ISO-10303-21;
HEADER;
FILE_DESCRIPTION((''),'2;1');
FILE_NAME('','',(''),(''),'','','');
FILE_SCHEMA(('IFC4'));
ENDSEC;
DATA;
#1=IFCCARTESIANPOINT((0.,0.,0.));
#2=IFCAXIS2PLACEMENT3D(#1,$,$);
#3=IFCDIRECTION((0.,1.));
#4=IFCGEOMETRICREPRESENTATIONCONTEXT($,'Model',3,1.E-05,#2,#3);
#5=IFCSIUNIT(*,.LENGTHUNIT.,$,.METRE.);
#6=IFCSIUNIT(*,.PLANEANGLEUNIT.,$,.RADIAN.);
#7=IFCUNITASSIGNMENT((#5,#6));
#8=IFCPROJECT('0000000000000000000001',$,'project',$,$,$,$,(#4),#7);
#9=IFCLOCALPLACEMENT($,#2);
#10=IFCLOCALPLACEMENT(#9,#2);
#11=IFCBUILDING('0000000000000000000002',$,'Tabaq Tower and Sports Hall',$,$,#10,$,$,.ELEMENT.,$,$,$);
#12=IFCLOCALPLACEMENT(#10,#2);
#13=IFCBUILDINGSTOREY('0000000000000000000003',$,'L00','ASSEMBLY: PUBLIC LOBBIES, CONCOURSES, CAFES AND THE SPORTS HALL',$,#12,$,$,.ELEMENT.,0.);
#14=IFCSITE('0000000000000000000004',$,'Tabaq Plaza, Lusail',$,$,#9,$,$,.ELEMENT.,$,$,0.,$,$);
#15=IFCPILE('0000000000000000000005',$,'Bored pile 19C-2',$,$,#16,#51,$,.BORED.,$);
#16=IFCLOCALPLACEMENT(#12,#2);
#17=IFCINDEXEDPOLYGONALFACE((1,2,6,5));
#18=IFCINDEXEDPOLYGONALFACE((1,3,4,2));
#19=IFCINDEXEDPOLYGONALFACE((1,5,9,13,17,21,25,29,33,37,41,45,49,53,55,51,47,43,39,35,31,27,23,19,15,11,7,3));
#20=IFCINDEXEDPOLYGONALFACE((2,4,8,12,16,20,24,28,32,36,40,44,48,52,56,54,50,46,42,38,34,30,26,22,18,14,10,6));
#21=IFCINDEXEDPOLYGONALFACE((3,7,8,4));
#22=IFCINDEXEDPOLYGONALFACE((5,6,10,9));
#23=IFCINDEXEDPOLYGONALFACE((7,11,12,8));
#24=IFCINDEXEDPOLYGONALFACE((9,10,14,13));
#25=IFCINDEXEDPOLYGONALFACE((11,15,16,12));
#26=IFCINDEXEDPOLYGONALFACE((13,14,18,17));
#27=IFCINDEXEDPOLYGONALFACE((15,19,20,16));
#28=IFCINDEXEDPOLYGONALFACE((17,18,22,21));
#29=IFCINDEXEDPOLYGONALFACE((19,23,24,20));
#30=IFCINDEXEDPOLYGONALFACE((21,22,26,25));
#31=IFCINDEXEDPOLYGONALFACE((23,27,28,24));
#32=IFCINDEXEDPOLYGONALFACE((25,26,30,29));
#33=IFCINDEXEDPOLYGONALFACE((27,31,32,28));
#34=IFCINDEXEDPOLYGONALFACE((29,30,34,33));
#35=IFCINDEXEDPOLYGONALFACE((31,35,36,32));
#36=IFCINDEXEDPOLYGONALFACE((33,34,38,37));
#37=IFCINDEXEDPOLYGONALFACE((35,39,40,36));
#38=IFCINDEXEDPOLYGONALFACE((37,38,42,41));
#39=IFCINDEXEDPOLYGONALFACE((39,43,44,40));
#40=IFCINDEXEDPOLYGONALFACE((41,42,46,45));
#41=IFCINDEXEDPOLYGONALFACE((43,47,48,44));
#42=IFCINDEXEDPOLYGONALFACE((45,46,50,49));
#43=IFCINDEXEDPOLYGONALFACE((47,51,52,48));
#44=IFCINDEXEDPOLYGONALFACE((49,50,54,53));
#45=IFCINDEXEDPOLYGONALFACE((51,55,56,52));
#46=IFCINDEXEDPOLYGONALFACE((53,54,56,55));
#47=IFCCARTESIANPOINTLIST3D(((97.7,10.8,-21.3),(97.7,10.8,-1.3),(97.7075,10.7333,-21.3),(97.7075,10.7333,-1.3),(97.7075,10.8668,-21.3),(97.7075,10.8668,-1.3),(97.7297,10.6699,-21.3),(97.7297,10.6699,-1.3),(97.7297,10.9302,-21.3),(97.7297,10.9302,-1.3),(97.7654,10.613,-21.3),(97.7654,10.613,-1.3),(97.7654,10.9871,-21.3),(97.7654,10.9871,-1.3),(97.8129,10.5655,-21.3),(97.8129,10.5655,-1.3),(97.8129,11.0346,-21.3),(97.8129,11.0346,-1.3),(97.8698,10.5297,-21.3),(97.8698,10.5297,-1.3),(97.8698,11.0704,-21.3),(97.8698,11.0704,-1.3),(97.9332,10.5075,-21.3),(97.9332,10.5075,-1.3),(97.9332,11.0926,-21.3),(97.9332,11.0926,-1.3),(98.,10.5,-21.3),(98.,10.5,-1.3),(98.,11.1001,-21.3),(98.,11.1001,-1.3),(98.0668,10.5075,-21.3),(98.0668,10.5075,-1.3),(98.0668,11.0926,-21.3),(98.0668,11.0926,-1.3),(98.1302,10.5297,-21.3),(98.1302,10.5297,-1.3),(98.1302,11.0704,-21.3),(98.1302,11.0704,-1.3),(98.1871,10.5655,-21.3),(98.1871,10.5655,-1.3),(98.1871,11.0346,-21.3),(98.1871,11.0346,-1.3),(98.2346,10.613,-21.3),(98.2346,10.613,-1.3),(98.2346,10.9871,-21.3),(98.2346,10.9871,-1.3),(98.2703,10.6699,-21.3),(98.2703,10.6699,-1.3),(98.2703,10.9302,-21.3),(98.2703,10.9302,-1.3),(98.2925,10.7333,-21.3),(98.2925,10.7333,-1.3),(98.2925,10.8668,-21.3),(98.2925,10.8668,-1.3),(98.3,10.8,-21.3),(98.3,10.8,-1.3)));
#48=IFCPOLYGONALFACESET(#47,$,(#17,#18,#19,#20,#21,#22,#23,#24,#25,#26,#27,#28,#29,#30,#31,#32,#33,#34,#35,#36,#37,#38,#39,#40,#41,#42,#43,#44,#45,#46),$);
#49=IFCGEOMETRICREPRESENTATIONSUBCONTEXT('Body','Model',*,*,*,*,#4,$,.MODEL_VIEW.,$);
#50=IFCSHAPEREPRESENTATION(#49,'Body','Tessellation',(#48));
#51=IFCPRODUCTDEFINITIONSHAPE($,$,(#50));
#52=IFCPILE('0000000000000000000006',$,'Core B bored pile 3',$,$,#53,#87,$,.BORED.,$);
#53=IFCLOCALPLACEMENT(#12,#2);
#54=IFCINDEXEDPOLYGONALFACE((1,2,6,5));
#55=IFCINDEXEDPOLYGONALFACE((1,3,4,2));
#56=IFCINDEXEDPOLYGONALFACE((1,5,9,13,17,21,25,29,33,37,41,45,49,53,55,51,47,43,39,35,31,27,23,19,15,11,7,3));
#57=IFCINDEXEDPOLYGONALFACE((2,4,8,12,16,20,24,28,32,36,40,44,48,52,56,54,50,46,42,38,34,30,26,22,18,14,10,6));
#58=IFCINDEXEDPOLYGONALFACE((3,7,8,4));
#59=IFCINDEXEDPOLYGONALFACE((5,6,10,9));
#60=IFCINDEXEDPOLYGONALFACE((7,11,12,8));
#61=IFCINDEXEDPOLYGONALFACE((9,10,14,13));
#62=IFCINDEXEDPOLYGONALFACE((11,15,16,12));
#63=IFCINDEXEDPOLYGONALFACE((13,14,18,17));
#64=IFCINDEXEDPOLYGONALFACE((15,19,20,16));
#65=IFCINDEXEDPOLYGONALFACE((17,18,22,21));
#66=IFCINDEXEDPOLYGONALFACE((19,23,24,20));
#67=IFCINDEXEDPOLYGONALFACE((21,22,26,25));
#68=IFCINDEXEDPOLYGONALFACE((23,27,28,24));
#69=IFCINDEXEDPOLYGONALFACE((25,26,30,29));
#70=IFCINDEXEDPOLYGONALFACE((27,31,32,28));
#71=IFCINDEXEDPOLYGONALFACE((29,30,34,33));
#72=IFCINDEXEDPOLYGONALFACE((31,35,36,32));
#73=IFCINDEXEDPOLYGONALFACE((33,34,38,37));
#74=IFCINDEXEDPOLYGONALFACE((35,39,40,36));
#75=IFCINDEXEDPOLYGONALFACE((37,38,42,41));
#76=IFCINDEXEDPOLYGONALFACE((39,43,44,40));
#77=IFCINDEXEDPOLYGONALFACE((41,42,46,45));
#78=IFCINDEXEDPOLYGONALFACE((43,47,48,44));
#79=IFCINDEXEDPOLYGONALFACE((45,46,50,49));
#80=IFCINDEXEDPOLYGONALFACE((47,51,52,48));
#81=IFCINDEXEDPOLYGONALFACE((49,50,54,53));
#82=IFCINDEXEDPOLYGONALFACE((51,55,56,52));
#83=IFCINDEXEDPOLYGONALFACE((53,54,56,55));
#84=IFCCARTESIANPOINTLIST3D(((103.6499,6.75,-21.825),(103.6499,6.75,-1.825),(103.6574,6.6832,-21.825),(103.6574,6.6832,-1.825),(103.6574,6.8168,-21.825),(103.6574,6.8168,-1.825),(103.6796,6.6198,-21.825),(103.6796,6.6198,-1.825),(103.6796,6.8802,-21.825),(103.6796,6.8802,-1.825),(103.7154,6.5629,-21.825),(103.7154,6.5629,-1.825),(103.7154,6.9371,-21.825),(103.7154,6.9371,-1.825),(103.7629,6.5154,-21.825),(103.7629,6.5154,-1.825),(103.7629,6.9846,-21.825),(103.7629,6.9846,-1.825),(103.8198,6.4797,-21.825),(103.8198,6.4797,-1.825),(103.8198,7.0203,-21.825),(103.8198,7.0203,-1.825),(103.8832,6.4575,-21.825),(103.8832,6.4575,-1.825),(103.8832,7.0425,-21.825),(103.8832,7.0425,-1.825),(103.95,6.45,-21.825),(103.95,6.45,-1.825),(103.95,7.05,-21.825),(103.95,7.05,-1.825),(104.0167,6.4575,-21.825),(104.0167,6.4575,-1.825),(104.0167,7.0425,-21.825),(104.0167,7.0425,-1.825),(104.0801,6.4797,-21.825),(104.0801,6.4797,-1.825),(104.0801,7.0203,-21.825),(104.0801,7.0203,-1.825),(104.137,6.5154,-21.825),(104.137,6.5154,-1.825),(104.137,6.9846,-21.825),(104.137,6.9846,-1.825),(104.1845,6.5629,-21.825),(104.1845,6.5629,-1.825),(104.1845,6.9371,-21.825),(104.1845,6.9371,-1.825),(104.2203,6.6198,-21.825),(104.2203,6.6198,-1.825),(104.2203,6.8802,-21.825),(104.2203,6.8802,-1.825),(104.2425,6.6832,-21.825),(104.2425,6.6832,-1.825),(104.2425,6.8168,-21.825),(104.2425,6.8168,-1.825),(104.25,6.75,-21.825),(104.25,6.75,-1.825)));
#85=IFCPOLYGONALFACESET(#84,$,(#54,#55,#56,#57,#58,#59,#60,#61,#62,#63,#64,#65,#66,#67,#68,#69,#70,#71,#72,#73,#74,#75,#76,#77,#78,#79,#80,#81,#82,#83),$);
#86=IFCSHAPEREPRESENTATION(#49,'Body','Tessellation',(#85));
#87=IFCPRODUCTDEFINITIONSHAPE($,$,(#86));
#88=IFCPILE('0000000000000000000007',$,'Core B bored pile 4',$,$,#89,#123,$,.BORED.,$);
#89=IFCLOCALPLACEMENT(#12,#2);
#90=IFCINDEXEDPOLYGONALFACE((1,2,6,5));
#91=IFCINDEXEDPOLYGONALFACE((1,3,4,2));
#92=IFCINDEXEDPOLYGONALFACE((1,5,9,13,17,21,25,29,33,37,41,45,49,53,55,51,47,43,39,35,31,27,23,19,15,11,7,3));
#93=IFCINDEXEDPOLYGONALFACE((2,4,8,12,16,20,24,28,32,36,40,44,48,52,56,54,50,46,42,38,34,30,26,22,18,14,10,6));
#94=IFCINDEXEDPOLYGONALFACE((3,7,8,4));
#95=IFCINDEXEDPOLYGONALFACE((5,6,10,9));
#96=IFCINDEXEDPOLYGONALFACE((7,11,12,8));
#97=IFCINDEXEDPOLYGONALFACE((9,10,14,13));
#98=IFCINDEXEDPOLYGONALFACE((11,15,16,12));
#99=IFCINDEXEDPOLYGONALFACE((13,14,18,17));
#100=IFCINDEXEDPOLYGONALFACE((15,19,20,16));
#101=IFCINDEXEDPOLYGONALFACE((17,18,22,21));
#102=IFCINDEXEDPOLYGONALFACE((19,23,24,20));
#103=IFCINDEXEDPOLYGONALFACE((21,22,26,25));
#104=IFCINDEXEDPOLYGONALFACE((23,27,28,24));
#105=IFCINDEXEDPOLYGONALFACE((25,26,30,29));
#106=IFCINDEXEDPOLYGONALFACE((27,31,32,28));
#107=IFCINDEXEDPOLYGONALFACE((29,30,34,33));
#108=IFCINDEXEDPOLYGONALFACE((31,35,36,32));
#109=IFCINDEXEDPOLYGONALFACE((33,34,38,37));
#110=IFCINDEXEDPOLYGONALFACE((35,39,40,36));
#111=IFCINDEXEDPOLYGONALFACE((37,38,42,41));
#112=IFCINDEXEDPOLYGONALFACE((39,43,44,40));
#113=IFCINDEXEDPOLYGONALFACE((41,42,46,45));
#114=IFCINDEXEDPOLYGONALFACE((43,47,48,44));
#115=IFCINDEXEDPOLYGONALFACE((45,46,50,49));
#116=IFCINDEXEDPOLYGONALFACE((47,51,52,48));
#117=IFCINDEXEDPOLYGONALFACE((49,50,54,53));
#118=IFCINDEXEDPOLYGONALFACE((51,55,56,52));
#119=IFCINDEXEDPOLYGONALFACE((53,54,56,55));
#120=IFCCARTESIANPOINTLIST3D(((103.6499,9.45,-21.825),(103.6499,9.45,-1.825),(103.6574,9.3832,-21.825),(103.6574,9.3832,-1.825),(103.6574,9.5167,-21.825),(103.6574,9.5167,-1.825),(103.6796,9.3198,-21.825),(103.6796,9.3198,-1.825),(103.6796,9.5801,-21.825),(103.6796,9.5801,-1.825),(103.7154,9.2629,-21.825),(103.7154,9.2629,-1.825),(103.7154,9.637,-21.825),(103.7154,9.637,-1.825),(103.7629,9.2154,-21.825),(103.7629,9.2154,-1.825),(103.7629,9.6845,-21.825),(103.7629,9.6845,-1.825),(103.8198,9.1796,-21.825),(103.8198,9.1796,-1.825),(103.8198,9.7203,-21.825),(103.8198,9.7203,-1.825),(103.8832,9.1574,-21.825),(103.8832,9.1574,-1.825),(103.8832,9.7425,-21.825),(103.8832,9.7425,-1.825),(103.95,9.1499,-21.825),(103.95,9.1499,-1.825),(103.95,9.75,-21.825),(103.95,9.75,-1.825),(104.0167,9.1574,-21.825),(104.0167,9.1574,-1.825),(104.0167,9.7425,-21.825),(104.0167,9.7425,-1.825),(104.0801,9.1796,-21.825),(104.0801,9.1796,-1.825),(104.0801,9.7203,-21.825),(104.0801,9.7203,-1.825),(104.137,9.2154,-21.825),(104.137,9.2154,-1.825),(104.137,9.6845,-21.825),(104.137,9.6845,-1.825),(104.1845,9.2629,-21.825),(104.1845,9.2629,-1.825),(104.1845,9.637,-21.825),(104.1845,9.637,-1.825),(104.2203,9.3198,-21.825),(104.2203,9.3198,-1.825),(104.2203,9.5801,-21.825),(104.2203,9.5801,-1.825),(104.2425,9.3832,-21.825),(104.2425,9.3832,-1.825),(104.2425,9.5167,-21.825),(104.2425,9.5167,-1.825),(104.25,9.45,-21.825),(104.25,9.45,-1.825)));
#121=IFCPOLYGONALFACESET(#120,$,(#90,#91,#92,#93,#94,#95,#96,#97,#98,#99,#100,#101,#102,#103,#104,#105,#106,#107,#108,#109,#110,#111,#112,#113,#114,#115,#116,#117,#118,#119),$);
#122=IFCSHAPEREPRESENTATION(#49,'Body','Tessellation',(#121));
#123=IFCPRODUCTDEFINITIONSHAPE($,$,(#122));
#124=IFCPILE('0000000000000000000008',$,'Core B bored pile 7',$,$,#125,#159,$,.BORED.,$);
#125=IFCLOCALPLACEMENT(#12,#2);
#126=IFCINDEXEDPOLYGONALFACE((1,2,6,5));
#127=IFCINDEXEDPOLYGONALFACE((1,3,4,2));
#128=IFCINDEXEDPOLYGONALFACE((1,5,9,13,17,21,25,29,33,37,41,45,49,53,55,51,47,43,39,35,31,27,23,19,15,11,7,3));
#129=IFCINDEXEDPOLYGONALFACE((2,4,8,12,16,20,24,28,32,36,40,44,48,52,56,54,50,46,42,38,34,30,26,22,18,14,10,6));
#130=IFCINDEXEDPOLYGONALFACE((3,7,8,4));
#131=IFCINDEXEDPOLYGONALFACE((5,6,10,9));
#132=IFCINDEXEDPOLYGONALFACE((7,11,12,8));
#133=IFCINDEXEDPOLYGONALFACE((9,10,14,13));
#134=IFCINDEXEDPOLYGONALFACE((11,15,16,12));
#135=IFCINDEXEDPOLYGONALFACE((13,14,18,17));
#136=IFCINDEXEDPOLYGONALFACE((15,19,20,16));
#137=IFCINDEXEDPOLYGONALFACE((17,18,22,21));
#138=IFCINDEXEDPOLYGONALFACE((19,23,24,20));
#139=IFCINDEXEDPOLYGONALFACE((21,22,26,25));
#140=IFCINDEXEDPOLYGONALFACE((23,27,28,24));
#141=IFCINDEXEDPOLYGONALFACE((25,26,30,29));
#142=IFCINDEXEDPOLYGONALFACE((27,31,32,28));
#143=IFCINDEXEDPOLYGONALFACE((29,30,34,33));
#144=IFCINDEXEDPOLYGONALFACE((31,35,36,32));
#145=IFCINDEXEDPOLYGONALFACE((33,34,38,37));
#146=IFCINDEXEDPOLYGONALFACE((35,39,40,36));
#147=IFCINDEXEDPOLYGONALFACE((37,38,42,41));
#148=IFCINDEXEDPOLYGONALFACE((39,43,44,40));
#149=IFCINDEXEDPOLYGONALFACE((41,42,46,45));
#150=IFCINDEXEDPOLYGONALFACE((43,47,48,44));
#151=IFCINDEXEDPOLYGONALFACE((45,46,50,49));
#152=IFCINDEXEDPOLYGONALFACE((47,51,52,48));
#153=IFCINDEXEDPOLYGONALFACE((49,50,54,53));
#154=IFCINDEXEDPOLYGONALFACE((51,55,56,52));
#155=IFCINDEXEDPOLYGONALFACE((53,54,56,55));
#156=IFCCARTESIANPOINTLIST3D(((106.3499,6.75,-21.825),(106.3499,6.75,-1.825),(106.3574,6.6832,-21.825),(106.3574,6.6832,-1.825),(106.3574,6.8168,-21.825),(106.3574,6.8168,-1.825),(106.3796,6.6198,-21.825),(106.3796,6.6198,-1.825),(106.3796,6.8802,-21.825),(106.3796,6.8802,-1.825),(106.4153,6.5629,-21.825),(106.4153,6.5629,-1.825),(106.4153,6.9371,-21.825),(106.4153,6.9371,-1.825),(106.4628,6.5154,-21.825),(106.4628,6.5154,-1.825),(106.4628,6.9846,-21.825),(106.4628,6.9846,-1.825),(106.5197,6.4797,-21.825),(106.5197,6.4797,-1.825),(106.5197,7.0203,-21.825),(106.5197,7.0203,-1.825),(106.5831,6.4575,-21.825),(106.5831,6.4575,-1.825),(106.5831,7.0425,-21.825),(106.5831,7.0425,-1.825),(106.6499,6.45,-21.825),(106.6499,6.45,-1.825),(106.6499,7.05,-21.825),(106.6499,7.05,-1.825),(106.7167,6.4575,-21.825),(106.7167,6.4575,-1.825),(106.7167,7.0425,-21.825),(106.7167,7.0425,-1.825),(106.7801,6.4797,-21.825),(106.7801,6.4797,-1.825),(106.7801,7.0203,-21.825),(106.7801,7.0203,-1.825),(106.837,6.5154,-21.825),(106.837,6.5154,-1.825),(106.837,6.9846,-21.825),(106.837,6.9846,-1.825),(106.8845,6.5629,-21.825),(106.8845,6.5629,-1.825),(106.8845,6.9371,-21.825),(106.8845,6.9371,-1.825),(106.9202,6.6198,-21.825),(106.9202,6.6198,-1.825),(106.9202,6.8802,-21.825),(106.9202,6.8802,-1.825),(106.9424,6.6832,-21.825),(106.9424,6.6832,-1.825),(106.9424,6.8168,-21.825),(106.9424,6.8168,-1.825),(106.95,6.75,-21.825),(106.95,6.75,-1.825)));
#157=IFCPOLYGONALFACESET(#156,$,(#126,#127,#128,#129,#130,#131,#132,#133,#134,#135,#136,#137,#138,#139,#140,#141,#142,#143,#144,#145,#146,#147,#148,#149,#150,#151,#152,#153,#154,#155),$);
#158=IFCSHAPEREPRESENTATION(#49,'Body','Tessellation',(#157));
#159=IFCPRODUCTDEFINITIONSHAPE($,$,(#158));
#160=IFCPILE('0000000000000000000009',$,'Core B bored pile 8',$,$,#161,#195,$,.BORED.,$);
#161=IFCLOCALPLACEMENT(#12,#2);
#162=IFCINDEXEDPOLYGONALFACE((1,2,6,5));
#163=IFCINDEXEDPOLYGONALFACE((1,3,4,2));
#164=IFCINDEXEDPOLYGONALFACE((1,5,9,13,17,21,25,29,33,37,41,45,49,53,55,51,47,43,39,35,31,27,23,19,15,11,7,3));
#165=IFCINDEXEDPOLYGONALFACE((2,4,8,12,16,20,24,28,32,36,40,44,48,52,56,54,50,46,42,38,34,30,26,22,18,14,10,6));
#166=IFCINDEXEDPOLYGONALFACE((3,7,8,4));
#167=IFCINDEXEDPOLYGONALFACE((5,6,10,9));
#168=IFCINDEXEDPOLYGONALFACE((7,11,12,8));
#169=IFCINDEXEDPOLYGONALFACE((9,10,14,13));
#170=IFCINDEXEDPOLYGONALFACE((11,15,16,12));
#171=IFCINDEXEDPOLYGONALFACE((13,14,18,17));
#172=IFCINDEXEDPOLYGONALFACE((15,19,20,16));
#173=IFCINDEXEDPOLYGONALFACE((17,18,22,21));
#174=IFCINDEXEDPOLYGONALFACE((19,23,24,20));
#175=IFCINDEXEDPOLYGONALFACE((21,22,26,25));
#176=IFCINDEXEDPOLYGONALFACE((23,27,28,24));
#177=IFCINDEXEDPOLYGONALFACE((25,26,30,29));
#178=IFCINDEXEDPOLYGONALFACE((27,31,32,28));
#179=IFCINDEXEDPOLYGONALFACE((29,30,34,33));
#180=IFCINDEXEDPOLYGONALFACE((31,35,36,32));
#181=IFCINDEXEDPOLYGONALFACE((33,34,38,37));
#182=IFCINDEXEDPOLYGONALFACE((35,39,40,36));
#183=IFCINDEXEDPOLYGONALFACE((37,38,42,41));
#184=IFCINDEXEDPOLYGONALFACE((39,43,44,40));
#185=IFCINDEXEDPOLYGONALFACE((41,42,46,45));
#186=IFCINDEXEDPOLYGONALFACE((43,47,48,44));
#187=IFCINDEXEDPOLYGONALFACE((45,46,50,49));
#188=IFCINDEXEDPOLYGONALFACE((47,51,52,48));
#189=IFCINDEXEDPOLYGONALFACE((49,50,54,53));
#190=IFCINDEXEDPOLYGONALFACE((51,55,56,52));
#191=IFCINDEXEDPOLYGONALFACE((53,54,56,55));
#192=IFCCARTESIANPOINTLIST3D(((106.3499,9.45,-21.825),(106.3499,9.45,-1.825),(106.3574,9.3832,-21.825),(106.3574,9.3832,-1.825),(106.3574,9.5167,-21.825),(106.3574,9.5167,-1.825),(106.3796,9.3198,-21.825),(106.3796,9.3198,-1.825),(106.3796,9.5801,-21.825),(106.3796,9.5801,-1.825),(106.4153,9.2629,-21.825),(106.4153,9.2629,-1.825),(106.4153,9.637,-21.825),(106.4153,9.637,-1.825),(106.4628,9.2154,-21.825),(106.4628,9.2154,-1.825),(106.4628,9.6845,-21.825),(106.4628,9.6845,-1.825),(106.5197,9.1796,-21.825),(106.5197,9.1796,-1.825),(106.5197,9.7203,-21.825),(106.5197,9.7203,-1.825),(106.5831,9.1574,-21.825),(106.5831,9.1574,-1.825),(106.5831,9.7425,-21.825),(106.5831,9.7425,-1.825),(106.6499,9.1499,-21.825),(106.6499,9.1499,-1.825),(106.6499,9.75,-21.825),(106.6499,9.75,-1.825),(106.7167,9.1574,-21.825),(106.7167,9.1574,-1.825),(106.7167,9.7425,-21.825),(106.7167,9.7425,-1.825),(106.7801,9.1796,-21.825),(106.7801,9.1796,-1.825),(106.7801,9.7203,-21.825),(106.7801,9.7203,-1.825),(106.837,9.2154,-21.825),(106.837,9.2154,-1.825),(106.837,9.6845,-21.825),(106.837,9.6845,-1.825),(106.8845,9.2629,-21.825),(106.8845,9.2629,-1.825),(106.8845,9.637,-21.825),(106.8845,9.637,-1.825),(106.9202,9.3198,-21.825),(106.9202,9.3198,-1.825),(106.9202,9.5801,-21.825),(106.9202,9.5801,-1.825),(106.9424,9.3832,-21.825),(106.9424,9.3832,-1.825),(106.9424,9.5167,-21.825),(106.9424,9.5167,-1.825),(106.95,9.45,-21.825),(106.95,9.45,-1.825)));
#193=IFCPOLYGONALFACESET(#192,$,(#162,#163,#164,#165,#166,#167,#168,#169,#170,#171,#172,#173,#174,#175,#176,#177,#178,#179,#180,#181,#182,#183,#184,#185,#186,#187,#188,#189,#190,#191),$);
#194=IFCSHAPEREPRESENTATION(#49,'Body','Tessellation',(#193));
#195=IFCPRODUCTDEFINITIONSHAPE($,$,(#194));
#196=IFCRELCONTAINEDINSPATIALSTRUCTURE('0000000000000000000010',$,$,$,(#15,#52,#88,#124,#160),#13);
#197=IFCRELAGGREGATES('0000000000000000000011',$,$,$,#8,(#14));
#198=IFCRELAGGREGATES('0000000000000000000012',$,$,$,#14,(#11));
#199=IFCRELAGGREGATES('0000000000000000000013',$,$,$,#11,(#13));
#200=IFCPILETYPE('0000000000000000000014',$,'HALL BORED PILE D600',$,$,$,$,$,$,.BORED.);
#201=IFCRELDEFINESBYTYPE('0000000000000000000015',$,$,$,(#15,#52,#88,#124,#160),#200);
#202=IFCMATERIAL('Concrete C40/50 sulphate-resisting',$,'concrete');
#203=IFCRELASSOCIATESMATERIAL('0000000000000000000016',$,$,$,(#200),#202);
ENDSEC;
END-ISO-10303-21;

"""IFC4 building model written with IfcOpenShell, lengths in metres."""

from ifc_helpers import new_model, si_unit, direction, frame, origin, origin_2d, place, context, subcontext, project, spatial, circle, extrude, material, material_profile, profile_set, type_object, element, save


model = new_model("IFC4")

# Units and contexts
model_context = context("Model", 3, precision=1e-05, world=origin(), true_north=direction((0.0, 1.0)))
body_context = subcontext(model_context, "Body", "Model", "MODEL_VIEW")
ifc_project = project(units=[si_unit("LENGTHUNIT", "METRE"), si_unit("PLANEANGLEUNIT", "RADIAN")], contexts=[model_context])

# Site, building, storey
site_placement = place(None, origin())
site = spatial("IfcSite", under=ifc_project, at=site_placement, Name="Tabaq Plaza, Lusail", CompositionType="ELEMENT", RefElevation=0.0)
building_placement = place(site_placement, origin())
building = spatial("IfcBuilding", under=site, at=building_placement, Name="Tabaq Tower and Sports Hall", CompositionType="ELEMENT")
storey_placement = place(building_placement, origin())
storey = spatial("IfcBuildingStorey", under=building, at=storey_placement, Name="L00", Description="ASSEMBLY: PUBLIC LOBBIES, CONCOURSES, CAFES AND THE SPORTS HALL", CompositionType="ELEMENT", Elevation=0.0)

# Piles
ifc_material_1 = material(Name="Concrete C40/50 sulphate-resisting", Category="concrete")
ifc_material_profile_1 = material_profile(ifc_material_1, circle(Radius=0.3, at=origin_2d()), Name="D600")
ifc_profile_set_1 = profile_set([ifc_material_profile_1], Name="Concrete C40/50 sulphate-resisting")
pile_type = type_object("IfcPileType", Name="HALL BORED PILE D600", PredefinedType="BORED", material=ifc_profile_set_1)
for number, where, z_axis, x_axis, name in (
    (1, (98.0, 10.8, -1.3), (0.0, 0.0, -1.0), (1.0, 0.0, 0.0), "Bored pile 19C-2"),
    (2, (103.95, 6.75, -1.825), (0.0, 0.0, -1.0), (1.0, 0.0, 0.0), "Core B bored pile 3"),
    (3, (103.95, 9.45, -1.825), (0.0, 0.0, -1.0), (1.0, 0.0, 0.0), "Core B bored pile 4"),
    (4, (106.6499, 6.75, -1.825), (0.0, 0.0, -1.0), (1.0, 0.0, 0.0), "Core B bored pile 7"),
    (5, (106.6499, 9.45, -1.825), (0.0, 0.0, -1.0), (1.0, 0.0, 0.0), "Core B bored pile 8"),
):
    element("IfcPile", number, at=place(storey_placement, frame(where, z_axis=z_axis, x_axis=x_axis)), inside=storey, type_object=pile_type, Name=name, PredefinedType="BORED", context=body_context, shape_type="SweptSolid", body=[
        extrude(circle(Radius=0.3, at=origin_2d()), origin(), (0.0, 0.0, 1.0), 20.0),
    ])

save(model, "model.ifc")
